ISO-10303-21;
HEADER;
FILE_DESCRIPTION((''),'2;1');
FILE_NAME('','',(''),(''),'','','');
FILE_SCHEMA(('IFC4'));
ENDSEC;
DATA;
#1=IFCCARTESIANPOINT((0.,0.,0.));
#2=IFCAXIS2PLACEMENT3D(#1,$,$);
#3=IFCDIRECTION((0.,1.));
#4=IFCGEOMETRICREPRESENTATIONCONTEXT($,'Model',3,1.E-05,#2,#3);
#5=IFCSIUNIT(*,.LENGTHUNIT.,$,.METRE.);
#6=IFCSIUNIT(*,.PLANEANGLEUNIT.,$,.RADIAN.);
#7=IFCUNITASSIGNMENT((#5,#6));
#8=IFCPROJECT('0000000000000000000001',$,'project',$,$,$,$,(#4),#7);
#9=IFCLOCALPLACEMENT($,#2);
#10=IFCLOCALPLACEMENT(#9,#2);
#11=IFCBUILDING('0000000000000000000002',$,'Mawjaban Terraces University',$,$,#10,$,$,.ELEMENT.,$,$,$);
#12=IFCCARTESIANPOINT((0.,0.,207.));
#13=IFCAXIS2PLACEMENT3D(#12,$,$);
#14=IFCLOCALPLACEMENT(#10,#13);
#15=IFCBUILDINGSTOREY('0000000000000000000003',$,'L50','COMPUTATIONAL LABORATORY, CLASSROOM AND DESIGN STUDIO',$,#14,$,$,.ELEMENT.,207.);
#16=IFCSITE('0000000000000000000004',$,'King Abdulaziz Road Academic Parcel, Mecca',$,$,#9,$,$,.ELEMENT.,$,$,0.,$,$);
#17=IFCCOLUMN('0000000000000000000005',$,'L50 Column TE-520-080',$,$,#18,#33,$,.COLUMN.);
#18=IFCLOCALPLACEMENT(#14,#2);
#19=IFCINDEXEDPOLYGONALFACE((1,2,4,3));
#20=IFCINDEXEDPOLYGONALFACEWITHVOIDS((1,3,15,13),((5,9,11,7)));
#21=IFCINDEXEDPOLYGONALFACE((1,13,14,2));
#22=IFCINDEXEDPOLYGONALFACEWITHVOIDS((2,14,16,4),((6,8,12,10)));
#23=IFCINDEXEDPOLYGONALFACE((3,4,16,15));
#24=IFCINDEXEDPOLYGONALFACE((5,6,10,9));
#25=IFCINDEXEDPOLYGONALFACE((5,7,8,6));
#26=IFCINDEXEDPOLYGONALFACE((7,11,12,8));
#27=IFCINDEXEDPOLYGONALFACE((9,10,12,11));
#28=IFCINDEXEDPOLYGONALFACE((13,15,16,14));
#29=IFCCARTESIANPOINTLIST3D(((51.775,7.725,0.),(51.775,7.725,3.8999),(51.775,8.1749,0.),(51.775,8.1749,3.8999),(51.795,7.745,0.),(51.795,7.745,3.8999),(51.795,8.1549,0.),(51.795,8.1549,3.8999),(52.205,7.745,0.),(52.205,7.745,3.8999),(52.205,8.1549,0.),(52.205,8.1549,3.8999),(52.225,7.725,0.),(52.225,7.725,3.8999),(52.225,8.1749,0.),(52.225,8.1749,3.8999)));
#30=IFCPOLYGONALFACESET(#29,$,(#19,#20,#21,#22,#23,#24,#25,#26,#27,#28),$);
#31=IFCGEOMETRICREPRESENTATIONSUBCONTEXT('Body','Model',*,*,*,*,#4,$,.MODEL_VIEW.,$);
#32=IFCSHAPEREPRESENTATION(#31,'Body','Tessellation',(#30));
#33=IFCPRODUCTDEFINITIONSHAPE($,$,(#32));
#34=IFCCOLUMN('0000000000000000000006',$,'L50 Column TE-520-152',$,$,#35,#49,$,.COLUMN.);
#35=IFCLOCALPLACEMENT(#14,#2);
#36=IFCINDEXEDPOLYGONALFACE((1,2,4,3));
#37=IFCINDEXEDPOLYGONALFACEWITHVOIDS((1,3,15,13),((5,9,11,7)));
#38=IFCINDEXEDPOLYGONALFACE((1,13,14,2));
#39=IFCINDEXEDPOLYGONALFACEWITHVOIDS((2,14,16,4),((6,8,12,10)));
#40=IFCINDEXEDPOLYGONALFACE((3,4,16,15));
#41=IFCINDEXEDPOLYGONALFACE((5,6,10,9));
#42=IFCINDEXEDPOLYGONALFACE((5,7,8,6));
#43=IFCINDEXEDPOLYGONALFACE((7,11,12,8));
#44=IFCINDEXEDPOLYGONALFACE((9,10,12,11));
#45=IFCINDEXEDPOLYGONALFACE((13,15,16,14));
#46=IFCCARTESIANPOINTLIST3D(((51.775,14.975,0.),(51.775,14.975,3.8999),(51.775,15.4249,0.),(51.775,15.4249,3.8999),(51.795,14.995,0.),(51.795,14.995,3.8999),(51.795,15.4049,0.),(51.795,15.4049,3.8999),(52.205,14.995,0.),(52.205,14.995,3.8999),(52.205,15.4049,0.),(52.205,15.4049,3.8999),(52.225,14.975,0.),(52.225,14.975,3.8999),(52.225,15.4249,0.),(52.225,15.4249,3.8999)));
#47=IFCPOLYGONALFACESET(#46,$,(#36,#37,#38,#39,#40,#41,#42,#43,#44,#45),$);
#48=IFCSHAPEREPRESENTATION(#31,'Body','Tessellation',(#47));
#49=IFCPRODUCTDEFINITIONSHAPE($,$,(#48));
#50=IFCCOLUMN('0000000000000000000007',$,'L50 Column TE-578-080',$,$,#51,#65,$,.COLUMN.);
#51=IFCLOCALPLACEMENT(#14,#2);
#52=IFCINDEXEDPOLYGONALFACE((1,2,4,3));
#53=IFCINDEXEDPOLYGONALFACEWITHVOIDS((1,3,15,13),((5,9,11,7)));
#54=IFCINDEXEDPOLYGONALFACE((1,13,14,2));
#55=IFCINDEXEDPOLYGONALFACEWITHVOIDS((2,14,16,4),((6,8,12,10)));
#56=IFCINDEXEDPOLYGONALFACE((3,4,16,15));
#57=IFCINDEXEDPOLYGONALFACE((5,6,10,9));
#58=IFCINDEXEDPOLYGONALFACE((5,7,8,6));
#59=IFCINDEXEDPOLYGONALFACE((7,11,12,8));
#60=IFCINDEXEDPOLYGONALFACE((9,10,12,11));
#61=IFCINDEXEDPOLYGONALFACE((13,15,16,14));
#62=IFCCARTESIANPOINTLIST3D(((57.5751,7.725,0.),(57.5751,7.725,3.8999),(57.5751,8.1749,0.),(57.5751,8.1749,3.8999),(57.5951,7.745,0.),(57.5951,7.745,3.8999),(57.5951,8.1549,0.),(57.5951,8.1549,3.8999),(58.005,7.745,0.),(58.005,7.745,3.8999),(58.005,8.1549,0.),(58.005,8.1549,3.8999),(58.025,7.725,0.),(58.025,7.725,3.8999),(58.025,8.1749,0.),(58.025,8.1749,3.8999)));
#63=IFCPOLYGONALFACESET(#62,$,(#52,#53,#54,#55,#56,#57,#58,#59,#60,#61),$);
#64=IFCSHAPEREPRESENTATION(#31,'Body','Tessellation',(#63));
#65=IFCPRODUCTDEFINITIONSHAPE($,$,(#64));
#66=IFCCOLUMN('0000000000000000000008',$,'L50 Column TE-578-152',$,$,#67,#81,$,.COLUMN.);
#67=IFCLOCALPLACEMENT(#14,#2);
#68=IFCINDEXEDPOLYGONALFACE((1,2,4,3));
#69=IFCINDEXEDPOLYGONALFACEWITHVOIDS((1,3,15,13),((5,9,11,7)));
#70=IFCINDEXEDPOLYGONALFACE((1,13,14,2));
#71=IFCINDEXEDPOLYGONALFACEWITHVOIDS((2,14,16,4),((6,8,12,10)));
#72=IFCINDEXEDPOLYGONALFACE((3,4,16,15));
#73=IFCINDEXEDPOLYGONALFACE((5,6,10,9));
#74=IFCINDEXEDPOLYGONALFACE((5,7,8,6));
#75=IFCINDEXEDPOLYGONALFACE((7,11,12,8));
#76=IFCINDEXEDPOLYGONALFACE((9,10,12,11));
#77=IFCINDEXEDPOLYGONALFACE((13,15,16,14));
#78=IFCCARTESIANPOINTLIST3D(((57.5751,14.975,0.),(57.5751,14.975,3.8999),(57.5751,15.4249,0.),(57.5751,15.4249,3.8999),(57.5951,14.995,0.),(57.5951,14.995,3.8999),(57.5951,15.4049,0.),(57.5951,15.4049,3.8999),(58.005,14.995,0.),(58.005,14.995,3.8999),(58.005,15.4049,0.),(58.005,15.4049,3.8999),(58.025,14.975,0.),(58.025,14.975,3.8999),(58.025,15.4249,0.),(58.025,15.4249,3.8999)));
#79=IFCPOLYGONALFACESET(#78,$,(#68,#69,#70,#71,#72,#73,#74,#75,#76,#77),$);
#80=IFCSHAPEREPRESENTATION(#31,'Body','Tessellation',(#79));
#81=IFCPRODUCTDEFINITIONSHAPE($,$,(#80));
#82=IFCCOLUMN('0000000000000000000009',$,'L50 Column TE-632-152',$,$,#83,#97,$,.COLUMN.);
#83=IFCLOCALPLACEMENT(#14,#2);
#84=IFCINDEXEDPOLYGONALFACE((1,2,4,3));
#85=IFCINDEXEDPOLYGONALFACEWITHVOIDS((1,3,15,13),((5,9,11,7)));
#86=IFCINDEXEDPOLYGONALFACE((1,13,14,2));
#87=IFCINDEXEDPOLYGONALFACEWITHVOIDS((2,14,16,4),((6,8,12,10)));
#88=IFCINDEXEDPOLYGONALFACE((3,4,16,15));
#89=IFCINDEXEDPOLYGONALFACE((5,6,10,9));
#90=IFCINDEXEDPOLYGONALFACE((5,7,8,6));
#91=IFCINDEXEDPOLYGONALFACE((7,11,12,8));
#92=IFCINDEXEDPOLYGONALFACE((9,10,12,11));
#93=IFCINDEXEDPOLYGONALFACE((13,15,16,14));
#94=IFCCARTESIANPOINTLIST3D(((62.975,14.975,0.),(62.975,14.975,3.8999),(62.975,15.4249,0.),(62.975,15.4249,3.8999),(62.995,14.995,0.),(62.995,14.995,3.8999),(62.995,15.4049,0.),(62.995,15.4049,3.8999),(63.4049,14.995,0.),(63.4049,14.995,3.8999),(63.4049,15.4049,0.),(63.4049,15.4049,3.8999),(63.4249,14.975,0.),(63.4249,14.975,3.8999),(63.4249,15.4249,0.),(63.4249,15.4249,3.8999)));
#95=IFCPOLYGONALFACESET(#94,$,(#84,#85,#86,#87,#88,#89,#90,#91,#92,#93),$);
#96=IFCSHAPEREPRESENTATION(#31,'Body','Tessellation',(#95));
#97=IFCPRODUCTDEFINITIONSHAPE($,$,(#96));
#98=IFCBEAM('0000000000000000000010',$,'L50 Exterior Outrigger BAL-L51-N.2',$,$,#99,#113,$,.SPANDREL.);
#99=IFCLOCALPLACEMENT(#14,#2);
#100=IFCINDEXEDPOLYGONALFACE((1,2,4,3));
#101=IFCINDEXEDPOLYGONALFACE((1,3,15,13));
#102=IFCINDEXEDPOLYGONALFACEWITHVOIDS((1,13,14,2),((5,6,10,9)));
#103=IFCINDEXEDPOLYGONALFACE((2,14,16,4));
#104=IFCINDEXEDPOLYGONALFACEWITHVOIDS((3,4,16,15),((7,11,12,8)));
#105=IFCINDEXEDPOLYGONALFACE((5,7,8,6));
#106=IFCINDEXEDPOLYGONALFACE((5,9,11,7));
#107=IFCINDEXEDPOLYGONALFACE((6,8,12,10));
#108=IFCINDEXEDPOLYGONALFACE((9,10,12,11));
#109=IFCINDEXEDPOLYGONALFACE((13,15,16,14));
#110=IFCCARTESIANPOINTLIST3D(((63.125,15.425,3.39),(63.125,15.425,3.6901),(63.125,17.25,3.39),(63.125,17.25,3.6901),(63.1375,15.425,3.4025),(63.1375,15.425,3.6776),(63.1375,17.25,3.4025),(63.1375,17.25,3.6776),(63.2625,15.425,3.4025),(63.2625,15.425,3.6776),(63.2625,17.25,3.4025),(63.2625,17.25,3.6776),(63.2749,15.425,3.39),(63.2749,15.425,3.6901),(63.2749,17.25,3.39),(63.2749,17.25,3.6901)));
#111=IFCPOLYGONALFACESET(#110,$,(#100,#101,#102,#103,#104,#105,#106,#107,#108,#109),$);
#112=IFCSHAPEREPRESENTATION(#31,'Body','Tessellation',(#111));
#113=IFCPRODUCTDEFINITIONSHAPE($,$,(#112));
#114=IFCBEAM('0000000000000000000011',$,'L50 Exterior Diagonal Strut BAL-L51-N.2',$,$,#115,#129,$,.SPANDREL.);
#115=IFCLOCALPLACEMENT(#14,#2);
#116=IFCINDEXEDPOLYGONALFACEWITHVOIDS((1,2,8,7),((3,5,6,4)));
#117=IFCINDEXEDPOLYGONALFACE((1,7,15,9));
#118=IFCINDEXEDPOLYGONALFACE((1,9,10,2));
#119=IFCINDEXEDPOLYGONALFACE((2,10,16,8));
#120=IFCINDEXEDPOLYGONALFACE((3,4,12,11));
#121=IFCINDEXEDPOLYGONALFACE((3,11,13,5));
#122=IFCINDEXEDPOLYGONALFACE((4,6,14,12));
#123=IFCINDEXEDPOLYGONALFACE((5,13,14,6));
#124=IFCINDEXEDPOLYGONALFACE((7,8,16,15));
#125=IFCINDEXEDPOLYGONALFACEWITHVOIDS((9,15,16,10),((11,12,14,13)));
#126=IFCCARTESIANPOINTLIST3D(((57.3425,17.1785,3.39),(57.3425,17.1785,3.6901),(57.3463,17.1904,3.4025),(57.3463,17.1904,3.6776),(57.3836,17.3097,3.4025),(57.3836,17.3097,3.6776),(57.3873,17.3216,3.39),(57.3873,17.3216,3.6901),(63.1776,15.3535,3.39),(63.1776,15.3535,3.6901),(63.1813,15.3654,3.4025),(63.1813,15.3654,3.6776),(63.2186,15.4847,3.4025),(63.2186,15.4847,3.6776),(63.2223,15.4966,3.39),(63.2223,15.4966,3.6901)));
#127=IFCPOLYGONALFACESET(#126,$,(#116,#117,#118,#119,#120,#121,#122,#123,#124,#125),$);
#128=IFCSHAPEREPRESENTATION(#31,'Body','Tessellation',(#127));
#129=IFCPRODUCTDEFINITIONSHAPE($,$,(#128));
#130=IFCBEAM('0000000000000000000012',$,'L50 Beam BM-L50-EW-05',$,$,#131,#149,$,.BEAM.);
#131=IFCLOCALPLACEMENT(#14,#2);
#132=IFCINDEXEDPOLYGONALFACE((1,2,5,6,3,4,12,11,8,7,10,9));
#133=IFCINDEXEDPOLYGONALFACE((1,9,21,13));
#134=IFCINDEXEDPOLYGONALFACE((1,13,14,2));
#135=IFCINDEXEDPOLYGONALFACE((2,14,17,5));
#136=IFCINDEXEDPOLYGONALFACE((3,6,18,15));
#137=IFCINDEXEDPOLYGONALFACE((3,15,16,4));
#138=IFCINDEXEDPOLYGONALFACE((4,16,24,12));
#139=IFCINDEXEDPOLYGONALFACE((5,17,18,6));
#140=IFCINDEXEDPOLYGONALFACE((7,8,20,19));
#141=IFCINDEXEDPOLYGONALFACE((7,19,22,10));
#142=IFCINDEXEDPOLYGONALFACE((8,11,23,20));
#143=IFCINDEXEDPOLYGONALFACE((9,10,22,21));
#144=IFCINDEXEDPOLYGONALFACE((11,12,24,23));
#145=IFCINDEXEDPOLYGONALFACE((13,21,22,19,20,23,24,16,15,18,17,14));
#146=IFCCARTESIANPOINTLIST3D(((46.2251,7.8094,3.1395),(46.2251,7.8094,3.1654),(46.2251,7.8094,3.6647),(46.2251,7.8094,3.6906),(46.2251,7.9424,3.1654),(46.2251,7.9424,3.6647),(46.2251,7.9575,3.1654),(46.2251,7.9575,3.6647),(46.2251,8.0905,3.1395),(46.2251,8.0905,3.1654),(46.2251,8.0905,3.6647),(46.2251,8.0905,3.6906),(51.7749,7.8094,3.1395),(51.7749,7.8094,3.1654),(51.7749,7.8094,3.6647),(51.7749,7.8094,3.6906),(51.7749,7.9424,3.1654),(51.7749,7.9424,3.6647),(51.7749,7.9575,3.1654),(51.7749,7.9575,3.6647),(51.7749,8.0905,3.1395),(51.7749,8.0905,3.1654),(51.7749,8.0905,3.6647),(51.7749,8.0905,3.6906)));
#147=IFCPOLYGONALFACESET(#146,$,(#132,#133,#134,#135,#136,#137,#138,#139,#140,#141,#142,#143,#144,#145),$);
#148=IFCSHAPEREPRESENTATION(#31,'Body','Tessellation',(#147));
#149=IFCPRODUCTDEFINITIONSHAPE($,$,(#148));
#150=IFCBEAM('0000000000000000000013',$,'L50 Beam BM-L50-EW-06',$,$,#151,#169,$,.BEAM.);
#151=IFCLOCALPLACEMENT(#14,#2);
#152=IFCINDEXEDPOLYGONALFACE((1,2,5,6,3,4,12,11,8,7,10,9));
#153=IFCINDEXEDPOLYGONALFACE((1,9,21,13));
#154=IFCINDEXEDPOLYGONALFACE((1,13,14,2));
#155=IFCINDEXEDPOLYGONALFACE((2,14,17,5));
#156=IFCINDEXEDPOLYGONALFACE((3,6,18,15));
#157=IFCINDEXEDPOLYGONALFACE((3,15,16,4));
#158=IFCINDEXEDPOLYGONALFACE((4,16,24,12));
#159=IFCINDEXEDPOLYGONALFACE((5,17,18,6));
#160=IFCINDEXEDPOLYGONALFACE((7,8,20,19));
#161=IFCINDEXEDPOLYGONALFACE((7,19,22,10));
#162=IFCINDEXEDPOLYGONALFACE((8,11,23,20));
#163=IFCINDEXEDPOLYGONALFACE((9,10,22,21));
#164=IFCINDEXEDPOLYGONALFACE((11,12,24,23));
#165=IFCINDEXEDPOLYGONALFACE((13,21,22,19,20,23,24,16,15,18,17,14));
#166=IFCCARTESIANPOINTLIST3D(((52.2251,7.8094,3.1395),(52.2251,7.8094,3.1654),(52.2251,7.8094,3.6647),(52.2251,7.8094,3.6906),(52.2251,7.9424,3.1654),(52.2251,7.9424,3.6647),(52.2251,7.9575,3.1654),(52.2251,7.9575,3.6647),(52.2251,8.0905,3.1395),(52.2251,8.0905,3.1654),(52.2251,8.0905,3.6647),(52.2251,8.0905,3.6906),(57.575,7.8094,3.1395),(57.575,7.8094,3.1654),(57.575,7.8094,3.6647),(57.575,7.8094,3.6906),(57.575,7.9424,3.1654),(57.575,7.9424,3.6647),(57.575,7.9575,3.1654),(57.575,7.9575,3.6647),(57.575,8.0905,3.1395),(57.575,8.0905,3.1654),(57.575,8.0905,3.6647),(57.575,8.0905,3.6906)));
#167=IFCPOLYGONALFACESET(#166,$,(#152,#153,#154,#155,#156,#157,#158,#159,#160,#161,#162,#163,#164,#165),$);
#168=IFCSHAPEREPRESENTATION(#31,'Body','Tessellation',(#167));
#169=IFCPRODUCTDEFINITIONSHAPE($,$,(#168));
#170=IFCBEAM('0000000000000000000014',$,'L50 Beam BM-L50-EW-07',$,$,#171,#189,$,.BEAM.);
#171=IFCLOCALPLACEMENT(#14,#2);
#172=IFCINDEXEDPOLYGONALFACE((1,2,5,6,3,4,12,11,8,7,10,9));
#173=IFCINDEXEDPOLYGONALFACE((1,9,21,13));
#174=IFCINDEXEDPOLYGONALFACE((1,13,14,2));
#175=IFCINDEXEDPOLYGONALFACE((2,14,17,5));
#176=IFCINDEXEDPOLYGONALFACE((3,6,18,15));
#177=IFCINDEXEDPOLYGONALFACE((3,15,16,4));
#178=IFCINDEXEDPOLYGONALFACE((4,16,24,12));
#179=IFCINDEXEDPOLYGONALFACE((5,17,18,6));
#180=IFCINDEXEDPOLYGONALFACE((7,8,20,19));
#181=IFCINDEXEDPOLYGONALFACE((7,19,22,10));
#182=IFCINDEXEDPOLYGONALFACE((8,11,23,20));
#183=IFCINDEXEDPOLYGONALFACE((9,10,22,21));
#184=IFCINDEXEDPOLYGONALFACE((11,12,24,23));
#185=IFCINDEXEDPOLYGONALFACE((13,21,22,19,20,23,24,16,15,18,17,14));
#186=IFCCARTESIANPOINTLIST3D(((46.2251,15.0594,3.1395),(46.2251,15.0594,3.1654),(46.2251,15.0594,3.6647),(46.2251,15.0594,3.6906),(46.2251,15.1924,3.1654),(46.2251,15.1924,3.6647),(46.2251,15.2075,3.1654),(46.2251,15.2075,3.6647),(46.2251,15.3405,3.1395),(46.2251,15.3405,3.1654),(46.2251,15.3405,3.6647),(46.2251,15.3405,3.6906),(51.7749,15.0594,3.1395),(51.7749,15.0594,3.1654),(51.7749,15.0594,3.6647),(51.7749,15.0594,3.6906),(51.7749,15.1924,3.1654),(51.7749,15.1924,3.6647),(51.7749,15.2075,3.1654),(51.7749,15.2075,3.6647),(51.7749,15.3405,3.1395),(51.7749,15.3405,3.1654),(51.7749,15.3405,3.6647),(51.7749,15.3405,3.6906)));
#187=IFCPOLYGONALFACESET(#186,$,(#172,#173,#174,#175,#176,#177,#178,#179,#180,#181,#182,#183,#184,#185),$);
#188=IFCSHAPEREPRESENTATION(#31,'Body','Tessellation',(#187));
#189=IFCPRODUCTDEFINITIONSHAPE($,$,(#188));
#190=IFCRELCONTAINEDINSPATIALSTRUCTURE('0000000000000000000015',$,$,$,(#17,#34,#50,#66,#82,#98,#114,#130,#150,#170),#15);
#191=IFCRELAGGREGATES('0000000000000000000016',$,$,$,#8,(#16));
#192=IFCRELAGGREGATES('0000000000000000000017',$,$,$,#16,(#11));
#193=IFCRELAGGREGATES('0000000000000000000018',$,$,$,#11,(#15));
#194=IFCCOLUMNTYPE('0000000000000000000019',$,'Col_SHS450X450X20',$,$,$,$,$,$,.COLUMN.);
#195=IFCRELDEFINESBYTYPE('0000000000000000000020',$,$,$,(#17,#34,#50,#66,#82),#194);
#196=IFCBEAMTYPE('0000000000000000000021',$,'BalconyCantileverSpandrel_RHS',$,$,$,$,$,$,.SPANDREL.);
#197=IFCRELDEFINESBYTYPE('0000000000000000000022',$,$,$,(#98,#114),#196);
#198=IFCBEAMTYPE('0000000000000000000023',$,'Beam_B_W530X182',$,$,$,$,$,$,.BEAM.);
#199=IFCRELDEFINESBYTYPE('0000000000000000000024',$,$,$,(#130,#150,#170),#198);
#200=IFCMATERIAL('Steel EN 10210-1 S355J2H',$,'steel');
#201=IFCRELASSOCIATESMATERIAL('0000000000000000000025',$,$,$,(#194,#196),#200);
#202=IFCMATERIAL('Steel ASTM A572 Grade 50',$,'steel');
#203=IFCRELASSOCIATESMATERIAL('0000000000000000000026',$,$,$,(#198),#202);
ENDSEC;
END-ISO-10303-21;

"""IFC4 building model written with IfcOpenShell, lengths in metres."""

from ifc_helpers import new_model, si_unit, direction, frame, origin, origin_2d, place, context, subcontext, project, spatial, hollow_rectangle, i_section, extrude, material, material_profile, profile_set, type_object, element, save


model = new_model("IFC4")

# Units and contexts
model_context = context("Model", 3, precision=1e-05, world=origin(), true_north=direction((0.0, 1.0)))
body_context = subcontext(model_context, "Body", "Model", "MODEL_VIEW")
ifc_project = project(units=[si_unit("LENGTHUNIT", "METRE"), si_unit("PLANEANGLEUNIT", "RADIAN")], contexts=[model_context])

# Site, building, storey
site_placement = place(None, origin())
site = spatial("IfcSite", under=ifc_project, at=site_placement, Name="King Abdulaziz Road Academic Parcel, Mecca", CompositionType="ELEMENT", RefElevation=0.0)
building_placement = place(site_placement, origin())
building = spatial("IfcBuilding", under=site, at=building_placement, Name="Mawjaban Terraces University", CompositionType="ELEMENT")
storey_placement = place(building_placement, frame((0.0, 0.0, 207.0)))
storey = spatial("IfcBuildingStorey", under=building, at=storey_placement, Name="L50", Description="COMPUTATIONAL LABORATORY, CLASSROOM AND DESIGN STUDIO", CompositionType="ELEMENT", Elevation=207.0)

# Columns
ifc_material_1 = material(Name="Steel EN 10210-1 S355J2H", Category="steel")
ifc_material_profile_1 = material_profile(ifc_material_1, hollow_rectangle(XDim=0.45, YDim=0.45, WallThickness=0.02, at=origin_2d()), Name="SHS450X450X20")
ifc_profile_set_1 = profile_set([ifc_material_profile_1], Name="Steel EN 10210-1 S355J2H")
column_type = type_object("IfcColumnType", Name="Col_SHS450X450X20", PredefinedType="COLUMN", material=ifc_profile_set_1)
for number, where, z_axis, x_axis, name in (
    (1, (52.0, 7.95, 0.0), (0.0, 0.0, 1.0), (1.0, 0.0, 0.0), "L50 Column TE-520-080"),
    (2, (52.0, 15.2, 0.0), (0.0, 0.0, 1.0), (1.0, 0.0, 0.0), "L50 Column TE-520-152"),
    (3, (57.8, 7.95, 0.0), (0.0, 0.0, 1.0), (1.0, 0.0, 0.0), "L50 Column TE-578-080"),
    (4, (57.8, 15.2, 0.0), (0.0, 0.0, 1.0), (1.0, 0.0, 0.0), "L50 Column TE-578-152"),
    (5, (63.2, 15.2, 0.0), (0.0, 0.0, 1.0), (1.0, 0.0, 0.0), "L50 Column TE-632-152"),
):
    element("IfcColumn", number, at=place(storey_placement, frame(where, z_axis=z_axis, x_axis=x_axis)), inside=storey, type_object=column_type, Name=name, PredefinedType="COLUMN", context=body_context, shape_type="SweptSolid", body=[
        extrude(hollow_rectangle(XDim=0.45, YDim=0.45, WallThickness=0.02, at=origin_2d()), origin(), (0.0, 0.0, 1.0), 3.8999),
    ])

# Beams
ifc_material_profile_2 = material_profile(ifc_material_1, hollow_rectangle(XDim=0.1499, YDim=0.3, WallThickness=0.0125, at=origin_2d()), Name="RHS300X150X12.5")
ifc_profile_set_2 = profile_set([ifc_material_profile_2], Name="Steel EN 10210-1 S355J2H")
beam_type_1 = type_object("IfcBeamType", Name="BalconyCantileverSpandrel_RHS", PredefinedType="SPANDREL", material=ifc_profile_set_2)
beam_1_placement = place(storey_placement, frame((63.2, 15.425, 3.54), z_axis=(0.0, 1.0, 0.0), x_axis=(-1.0, 0.0, 0.0)))
element("IfcBeam", 6, at=beam_1_placement, inside=storey, type_object=beam_type_1, Name="L50 Exterior Outrigger BAL-L51-N.2", PredefinedType="SPANDREL", context=body_context, shape_type="SweptSolid", body=[
    extrude(hollow_rectangle(XDim=0.1499, YDim=0.3, WallThickness=0.0125, at=origin_2d()), origin(), (0.0, 0.0, 1.0), 1.825),
])
beam_2_placement = place(storey_placement, frame((63.2, 15.425, 3.54), z_axis=(-0.954409, 0.298502, 0.0), x_axis=(-0.298502, -0.954409, 0.0)))
element("IfcBeam", 7, at=beam_2_placement, inside=storey, type_object=beam_type_1, Name="L50 Exterior Diagonal Strut BAL-L51-N.2", PredefinedType="SPANDREL", context=body_context, shape_type="SweptSolid", body=[
    extrude(hollow_rectangle(XDim=0.1499, YDim=0.3, WallThickness=0.0125, at=origin_2d()), origin(), (0.0, 0.0, 1.0), 6.1138),
])
ifc_material_2 = material(Name="Steel ASTM A572 Grade 50", Category="steel")
ifc_material_profile_3 = material_profile(ifc_material_2, i_section(OverallWidth=0.281, OverallDepth=0.551, WebThickness=0.0151, FlangeThickness=0.0259, at=origin_2d()), Name="W530X182")
ifc_profile_set_3 = profile_set([ifc_material_profile_3], Name="Steel ASTM A572 Grade 50")
beam_type_2 = type_object("IfcBeamType", Name="Beam_B_W530X182", PredefinedType="BEAM", material=ifc_profile_set_3)
beam_3_placement = place(storey_placement, frame((46.2251, 7.95, 3.415), z_axis=(1.0, 0.0, 0.0), x_axis=(0.0, 1.0, 0.0)))
element("IfcBeam", 8, at=beam_3_placement, inside=storey, type_object=beam_type_2, Name="L50 Beam BM-L50-EW-05", PredefinedType="BEAM", context=body_context, shape_type="SweptSolid", body=[
    extrude(i_section(OverallWidth=0.281, OverallDepth=0.551, WebThickness=0.0151, FlangeThickness=0.0259, at=origin_2d()), origin(), (0.0, 0.0, 1.0), 5.5498),
])
beam_4_placement = place(storey_placement, frame((52.2251, 7.95, 3.415), z_axis=(1.0, 0.0, 0.0), x_axis=(0.0, 1.0, 0.0)))
element("IfcBeam", 9, at=beam_4_placement, inside=storey, type_object=beam_type_2, Name="L50 Beam BM-L50-EW-06", PredefinedType="BEAM", context=body_context, shape_type="SweptSolid", body=[
    extrude(i_section(OverallWidth=0.281, OverallDepth=0.551, WebThickness=0.0151, FlangeThickness=0.0259, at=origin_2d()), origin(), (0.0, 0.0, 1.0), 5.3499),
])
beam_5_placement = place(storey_placement, frame((46.2251, 15.2, 3.415), z_axis=(1.0, 0.0, 0.0), x_axis=(0.0, 1.0, 0.0)))
element("IfcBeam", 10, at=beam_5_placement, inside=storey, type_object=beam_type_2, Name="L50 Beam BM-L50-EW-07", PredefinedType="BEAM", context=body_context, shape_type="SweptSolid", body=[
    extrude(i_section(OverallWidth=0.281, OverallDepth=0.551, WebThickness=0.0151, FlangeThickness=0.0259, at=origin_2d()), origin(), (0.0, 0.0, 1.0), 5.5498),
])

save(model, "model.ifc")
